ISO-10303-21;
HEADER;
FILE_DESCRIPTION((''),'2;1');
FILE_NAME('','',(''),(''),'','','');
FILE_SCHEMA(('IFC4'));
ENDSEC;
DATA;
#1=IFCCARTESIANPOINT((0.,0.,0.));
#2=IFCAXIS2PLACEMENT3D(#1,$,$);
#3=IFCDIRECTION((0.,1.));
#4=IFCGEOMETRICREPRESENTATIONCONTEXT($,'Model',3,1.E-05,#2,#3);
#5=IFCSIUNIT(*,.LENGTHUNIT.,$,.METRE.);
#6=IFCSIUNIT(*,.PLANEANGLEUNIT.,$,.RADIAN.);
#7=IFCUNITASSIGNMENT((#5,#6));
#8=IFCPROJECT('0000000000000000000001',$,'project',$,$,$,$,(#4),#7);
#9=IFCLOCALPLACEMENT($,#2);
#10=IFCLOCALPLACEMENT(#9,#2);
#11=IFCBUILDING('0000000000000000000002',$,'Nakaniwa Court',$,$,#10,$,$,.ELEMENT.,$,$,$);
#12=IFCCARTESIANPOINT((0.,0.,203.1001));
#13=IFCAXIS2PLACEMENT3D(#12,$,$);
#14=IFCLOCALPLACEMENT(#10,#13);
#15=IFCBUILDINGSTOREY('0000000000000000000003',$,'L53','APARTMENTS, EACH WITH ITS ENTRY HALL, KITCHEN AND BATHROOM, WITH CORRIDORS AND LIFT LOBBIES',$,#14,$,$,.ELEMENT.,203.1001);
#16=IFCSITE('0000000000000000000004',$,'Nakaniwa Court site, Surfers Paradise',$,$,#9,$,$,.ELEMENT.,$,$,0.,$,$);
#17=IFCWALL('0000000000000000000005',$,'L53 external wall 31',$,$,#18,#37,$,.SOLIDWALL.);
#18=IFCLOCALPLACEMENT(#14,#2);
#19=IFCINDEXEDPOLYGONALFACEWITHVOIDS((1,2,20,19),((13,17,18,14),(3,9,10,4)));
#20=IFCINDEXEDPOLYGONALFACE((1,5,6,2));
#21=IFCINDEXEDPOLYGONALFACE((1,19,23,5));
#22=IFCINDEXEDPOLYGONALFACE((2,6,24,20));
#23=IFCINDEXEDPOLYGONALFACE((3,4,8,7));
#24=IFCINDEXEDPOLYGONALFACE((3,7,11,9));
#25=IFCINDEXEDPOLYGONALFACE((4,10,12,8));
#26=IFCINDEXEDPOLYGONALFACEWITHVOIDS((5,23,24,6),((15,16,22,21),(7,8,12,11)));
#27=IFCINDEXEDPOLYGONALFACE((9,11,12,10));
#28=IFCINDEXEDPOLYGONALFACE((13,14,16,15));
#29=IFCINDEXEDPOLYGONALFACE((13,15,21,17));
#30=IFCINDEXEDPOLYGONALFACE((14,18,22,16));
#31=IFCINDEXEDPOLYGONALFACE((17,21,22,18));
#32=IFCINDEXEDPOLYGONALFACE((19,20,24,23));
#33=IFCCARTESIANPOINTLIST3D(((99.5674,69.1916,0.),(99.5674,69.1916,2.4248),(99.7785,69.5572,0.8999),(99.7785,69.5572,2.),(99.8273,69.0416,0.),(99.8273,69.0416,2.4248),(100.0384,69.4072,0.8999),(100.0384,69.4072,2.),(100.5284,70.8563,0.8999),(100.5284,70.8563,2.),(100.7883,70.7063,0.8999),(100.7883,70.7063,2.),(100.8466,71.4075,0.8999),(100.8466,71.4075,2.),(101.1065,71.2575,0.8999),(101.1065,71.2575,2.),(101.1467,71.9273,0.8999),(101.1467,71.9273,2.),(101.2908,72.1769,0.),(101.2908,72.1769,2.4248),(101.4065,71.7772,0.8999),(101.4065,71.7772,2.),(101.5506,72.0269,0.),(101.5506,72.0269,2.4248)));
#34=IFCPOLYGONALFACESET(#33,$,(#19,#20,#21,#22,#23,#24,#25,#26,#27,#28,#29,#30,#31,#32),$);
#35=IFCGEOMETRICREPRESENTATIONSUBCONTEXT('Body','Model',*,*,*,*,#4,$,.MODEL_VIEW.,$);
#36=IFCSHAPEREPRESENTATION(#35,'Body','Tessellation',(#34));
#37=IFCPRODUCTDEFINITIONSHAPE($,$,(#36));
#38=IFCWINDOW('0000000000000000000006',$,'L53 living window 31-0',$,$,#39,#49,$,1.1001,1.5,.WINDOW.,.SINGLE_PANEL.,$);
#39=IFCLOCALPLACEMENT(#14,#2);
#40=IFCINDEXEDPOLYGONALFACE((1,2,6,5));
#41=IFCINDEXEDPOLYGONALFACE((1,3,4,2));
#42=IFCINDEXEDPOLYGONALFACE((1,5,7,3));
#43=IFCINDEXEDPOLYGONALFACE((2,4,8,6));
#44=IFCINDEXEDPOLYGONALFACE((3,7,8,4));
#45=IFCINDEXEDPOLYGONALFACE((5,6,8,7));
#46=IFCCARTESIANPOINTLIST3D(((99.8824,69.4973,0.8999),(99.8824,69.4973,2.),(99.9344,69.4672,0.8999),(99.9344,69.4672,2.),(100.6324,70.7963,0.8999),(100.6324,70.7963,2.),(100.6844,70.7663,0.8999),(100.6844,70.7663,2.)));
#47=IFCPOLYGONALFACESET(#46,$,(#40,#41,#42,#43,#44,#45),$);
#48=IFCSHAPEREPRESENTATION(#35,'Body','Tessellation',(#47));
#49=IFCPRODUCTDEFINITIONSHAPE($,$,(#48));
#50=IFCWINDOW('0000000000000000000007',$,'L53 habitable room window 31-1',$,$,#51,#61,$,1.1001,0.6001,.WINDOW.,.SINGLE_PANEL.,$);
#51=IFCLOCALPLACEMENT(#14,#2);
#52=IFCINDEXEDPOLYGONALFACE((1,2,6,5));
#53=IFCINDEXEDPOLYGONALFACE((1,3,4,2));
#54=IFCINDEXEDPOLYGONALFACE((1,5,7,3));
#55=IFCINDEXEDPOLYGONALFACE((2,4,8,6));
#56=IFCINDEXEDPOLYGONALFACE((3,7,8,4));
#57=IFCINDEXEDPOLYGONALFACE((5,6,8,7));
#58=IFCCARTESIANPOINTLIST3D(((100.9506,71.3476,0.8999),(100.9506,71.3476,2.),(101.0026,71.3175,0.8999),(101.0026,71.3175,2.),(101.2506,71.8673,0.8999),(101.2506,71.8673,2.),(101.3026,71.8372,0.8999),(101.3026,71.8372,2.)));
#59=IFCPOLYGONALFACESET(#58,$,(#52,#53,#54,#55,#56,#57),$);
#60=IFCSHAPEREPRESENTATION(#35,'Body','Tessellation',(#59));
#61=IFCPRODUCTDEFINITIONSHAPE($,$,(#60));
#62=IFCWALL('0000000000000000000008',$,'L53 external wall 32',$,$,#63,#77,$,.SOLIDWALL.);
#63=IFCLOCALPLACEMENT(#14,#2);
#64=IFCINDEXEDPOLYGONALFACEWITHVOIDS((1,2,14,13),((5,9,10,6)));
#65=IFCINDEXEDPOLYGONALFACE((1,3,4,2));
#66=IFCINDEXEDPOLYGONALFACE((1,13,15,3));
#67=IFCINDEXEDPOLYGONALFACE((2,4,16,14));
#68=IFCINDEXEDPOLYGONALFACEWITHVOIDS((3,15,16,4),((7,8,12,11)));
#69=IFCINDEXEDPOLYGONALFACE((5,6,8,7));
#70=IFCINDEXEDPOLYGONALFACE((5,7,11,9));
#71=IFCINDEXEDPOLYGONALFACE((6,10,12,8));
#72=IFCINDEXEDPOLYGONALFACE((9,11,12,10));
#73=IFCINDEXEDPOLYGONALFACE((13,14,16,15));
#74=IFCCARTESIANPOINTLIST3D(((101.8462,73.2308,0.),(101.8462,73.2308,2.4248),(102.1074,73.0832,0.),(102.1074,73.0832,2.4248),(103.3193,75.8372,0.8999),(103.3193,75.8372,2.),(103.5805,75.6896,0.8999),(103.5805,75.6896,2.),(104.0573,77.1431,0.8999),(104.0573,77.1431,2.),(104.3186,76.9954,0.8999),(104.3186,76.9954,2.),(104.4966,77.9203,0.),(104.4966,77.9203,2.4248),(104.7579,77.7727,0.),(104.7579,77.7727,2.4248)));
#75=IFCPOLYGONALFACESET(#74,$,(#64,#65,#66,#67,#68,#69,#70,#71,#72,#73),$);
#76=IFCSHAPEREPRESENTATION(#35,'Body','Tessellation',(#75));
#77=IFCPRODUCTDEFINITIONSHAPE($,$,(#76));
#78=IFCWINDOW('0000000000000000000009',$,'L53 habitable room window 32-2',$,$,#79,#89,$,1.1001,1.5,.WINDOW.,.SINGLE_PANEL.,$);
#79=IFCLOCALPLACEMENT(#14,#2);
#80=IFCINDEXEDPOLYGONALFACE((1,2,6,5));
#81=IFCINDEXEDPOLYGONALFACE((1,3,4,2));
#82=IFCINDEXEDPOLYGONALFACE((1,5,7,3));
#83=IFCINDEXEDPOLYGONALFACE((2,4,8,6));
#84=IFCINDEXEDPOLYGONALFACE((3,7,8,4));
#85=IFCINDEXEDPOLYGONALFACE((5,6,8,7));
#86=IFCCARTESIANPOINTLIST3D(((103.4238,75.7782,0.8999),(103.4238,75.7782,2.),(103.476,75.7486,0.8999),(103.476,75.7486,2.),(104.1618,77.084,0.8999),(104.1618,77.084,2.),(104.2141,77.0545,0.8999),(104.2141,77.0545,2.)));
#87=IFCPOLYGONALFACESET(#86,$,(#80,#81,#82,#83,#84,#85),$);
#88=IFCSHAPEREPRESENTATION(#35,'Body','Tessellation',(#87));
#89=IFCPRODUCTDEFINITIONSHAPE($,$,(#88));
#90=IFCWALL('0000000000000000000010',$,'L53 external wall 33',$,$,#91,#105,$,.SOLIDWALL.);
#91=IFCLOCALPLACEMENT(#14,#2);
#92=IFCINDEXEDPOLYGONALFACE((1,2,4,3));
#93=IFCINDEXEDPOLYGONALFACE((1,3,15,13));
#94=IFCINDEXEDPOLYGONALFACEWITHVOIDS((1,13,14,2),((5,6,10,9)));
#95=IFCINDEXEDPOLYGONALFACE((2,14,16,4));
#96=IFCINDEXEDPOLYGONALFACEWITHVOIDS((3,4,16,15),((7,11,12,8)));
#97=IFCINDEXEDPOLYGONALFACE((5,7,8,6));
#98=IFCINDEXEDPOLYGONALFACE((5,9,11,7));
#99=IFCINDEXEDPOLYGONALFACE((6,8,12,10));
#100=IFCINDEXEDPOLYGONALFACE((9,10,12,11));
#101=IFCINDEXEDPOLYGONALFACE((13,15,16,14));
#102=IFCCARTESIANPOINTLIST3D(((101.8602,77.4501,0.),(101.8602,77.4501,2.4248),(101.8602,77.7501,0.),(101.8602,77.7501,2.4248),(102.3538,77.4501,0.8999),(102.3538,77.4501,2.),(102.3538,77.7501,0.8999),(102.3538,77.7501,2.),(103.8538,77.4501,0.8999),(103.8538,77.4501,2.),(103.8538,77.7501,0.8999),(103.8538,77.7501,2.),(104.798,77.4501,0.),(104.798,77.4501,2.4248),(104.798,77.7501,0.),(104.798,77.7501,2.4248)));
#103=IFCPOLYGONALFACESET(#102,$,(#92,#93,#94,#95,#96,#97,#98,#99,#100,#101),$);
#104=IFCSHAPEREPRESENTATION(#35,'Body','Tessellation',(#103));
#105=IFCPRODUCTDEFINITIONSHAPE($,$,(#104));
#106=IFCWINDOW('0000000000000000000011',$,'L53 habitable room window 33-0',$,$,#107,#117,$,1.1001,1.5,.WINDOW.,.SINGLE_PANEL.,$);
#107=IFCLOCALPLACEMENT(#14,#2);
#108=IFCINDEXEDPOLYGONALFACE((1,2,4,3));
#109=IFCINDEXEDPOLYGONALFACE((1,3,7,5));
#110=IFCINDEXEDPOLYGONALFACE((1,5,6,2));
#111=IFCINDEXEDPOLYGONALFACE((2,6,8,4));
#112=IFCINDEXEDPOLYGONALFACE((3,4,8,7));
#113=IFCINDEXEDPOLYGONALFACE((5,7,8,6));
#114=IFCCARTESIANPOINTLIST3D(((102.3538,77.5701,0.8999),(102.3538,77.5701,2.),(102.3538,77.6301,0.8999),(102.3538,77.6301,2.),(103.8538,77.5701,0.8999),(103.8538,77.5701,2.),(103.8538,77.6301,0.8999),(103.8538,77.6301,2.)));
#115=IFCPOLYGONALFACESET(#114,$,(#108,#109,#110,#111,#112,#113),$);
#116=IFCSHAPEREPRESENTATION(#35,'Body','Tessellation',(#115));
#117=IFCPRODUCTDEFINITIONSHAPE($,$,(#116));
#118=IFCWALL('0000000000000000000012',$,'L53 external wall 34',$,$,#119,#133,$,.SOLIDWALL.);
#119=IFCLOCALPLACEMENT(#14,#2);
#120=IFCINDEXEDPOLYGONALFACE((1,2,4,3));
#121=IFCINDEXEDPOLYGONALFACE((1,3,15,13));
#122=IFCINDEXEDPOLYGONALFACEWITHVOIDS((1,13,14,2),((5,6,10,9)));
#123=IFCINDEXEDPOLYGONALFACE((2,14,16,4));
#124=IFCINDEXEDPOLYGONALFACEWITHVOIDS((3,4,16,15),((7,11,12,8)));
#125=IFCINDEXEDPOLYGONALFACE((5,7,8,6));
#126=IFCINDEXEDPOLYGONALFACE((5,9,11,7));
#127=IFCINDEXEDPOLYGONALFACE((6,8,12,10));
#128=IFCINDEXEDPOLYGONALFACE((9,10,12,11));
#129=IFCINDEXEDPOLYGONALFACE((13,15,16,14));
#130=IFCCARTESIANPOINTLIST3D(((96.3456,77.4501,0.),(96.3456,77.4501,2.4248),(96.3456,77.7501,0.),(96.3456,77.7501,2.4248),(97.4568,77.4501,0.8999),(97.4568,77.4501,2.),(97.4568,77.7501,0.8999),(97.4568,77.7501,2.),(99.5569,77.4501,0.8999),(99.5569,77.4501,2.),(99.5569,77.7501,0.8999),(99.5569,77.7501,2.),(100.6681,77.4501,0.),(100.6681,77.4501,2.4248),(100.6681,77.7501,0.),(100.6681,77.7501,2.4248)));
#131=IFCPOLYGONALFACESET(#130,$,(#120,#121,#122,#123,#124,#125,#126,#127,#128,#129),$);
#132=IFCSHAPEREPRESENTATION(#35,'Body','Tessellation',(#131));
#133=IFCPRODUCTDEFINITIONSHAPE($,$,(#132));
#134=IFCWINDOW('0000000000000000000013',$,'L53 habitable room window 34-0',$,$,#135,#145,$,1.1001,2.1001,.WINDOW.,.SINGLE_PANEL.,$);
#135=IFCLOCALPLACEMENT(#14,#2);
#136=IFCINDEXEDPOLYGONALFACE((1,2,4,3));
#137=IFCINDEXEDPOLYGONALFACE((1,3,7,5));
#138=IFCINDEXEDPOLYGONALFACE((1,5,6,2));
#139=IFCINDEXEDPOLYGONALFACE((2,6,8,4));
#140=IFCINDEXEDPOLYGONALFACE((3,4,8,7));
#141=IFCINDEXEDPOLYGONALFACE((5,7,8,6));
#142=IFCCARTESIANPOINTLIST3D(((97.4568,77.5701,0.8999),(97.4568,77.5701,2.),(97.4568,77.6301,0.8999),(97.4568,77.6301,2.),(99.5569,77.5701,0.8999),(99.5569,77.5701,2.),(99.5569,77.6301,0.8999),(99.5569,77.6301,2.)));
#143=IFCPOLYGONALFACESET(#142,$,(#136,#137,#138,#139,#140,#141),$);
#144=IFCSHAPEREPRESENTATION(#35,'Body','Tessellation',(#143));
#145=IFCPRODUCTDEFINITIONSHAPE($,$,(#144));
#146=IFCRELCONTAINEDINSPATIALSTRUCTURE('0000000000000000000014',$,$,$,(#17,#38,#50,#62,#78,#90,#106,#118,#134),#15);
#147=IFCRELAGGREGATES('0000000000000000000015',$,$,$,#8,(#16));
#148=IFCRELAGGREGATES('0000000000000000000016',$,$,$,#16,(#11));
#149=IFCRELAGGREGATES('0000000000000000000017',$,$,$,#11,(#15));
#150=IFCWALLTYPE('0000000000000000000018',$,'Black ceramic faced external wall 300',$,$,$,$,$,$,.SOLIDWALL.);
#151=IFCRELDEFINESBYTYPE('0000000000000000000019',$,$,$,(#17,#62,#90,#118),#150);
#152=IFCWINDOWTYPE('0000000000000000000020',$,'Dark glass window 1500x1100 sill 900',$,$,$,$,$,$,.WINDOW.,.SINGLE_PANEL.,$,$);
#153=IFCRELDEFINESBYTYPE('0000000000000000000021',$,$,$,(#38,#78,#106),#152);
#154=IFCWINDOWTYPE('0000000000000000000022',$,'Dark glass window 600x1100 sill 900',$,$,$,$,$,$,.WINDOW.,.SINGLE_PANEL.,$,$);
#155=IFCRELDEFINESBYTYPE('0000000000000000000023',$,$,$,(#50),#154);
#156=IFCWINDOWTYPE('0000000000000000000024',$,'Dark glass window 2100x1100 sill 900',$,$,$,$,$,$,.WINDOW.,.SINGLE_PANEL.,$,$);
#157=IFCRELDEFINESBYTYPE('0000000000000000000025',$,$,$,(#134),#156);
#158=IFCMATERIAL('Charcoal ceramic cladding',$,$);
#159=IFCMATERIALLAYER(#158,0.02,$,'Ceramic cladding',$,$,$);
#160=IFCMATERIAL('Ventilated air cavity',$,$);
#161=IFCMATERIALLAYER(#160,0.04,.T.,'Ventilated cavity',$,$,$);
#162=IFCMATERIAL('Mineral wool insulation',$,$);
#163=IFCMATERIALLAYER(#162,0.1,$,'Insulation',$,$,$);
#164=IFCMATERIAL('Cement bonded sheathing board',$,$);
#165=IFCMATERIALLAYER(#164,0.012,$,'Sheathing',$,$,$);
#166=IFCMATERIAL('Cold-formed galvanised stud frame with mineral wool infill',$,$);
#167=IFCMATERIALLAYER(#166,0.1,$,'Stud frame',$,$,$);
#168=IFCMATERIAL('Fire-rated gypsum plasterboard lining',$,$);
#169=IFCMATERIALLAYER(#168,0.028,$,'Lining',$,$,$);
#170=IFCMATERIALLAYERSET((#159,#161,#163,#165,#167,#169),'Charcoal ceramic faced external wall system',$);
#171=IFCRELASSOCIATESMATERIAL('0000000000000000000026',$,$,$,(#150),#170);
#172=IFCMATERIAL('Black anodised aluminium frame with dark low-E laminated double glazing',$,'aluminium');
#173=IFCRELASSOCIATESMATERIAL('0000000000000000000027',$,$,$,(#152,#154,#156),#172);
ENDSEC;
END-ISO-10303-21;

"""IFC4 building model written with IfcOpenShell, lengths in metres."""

from ifc_helpers import new_model, si_unit, direction, frame, frame_2d, origin, place, context, subcontext, project, spatial, rectangle, extrude, material, layer, layer_set, type_object, element, fill, save


model = new_model("IFC4")

# Units and contexts
model_context = context("Model", 3, precision=1e-05, world=origin(), true_north=direction((0.0, 1.0)))
body_context = subcontext(model_context, "Body", "Model", "MODEL_VIEW")
ifc_project = project(units=[si_unit("LENGTHUNIT", "METRE"), si_unit("PLANEANGLEUNIT", "RADIAN")], contexts=[model_context])

# Site, building, storey
site_placement = place(None, origin())
site = spatial("IfcSite", under=ifc_project, at=site_placement, Name="Nakaniwa Court site, Surfers Paradise", CompositionType="ELEMENT", RefElevation=0.0)
building_placement = place(site_placement, origin())
building = spatial("IfcBuilding", under=site, at=building_placement, Name="Nakaniwa Court", CompositionType="ELEMENT")
storey_placement = place(building_placement, frame((0.0, 0.0, 203.1001)))
storey = spatial("IfcBuildingStorey", under=building, at=storey_placement, Name="L53", Description="APARTMENTS, EACH WITH ITS ENTRY HALL, KITCHEN AND BATHROOM, WITH CORRIDORS AND LIFT LOBBIES", CompositionType="ELEMENT", Elevation=203.1001)

# Wall, openings, windows
ifc_material_1 = material(Name="Charcoal ceramic cladding")
ifc_layer_1 = layer(ifc_material_1, 0.02, Name="Ceramic cladding")
ifc_material_2 = material(Name="Ventilated air cavity")
ifc_layer_2 = layer(ifc_material_2, 0.04, ventilated=True, Name="Ventilated cavity")
ifc_material_3 = material(Name="Mineral wool insulation")
ifc_layer_3 = layer(ifc_material_3, 0.1, Name="Insulation")
ifc_material_4 = material(Name="Cement bonded sheathing board")
ifc_layer_4 = layer(ifc_material_4, 0.012, Name="Sheathing")
ifc_material_5 = material(Name="Cold-formed galvanised stud frame with mineral wool infill")
ifc_layer_5 = layer(ifc_material_5, 0.1, Name="Stud frame")
ifc_material_6 = material(Name="Fire-rated gypsum plasterboard lining")
ifc_layer_6 = layer(ifc_material_6, 0.028, Name="Lining")
ifc_layer_set_1 = layer_set([ifc_layer_1, ifc_layer_2, ifc_layer_3, ifc_layer_4, ifc_layer_5, ifc_layer_6], Name="Charcoal ceramic faced external wall system")
wall_type_1 = type_object("IfcWallType", Name="Black ceramic faced external wall 300", PredefinedType="SOLIDWALL", material=ifc_layer_set_1)
wall_1_placement = place(storey_placement, frame((99.6973, 69.1165, 0.0), z_axis=(0.0, 0.0, 1.0), x_axis=(0.499955, 0.866051, 0.0)))
wall_1 = element("IfcWall", 1, at=wall_1_placement, inside=storey, type_object=wall_type_1, Name="L53 external wall 31", PredefinedType="SOLIDWALL", context=body_context, shape_type="SweptSolid", body=[
    extrude(rectangle(XDim=3.447, YDim=0.3, at=frame_2d((1.7236, 0.0))), origin(), (0.0, 0.0, 1.0), 2.4248),
])
opening_1_placement = place(wall_1_placement, frame((0.4224, 0.0, 0.8999)))
opening_1 = element("IfcOpeningElement", 2, at=opening_1_placement, cuts=wall_1, PredefinedType="OPENING", context=body_context, shape_type="SweptSolid", body=[
    extrude(rectangle(XDim=1.5, YDim=1.1001, at=frame_2d((0.75, 0.55))), frame((0.0, 0.1599, 0.0), z_axis=(0.0, -1.0, 0.0), x_axis=(1.0, 0.0, 0.0)), (0.0, 0.0, 1.0), 0.3201),
])
opening_2_placement = place(wall_1_placement, frame((2.5588, 0.0, 0.8999)))
opening_2 = element("IfcOpeningElement", 3, at=opening_2_placement, cuts=wall_1, PredefinedType="OPENING", context=body_context, shape_type="SweptSolid", body=[
    extrude(rectangle(XDim=0.6001, YDim=1.1001, at=frame_2d((0.3, 0.55))), frame((0.0, 0.1599, 0.0), z_axis=(0.0, -1.0, 0.0), x_axis=(1.0, 0.0, 0.0)), (0.0, 0.0, 1.0), 0.3201),
])
ifc_material_7 = material(Name="Black anodised aluminium frame with dark low-E laminated double glazing", Category="aluminium")
window_type_1 = type_object("IfcWindowType", Name="Dark glass window 1500x1100 sill 900", PartitioningType="SINGLE_PANEL", PredefinedType="WINDOW", material=ifc_material_7)
window_1_placement = place(opening_1_placement, origin())
window_1 = element("IfcWindow", 4, at=window_1_placement, inside=storey, type_object=window_type_1, Name="L53 living window 31-0", OverallHeight=1.1001, OverallWidth=1.5, PartitioningType="SINGLE_PANEL", PredefinedType="WINDOW", context=body_context, shape_type="SweptSolid", body=[
    extrude(rectangle(XDim=1.5, YDim=1.1001, at=frame_2d((0.75, 0.55))), frame((0.0, 0.03, 0.0), z_axis=(0.0, -1.0, 0.0), x_axis=(1.0, 0.0, 0.0)), (0.0, 0.0, 1.0), 0.0601),
])
fill(opening_1, window_1)
window_type_2 = type_object("IfcWindowType", Name="Dark glass window 600x1100 sill 900", PartitioningType="SINGLE_PANEL", PredefinedType="WINDOW", material=ifc_material_7)
window_2_placement = place(opening_2_placement, origin())
window_2 = element("IfcWindow", 5, at=window_2_placement, inside=storey, type_object=window_type_2, Name="L53 habitable room window 31-1", OverallHeight=1.1001, OverallWidth=0.6001, PartitioningType="SINGLE_PANEL", PredefinedType="WINDOW", context=body_context, shape_type="SweptSolid", body=[
    extrude(rectangle(XDim=0.6001, YDim=1.1001, at=frame_2d((0.3, 0.55))), frame((0.0, 0.03, 0.0), z_axis=(0.0, -1.0, 0.0), x_axis=(1.0, 0.0, 0.0)), (0.0, 0.0, 1.0), 0.0601),
])
fill(opening_2, window_2)

# Walls, openings, windows
wall_2_placement = place(storey_placement, frame((101.9768, 73.157, 0.0), z_axis=(0.0, 0.0, 1.0), x_axis=(0.492033, 0.870576, 0.0)))
wall_2 = element("IfcWall", 6, at=wall_2_placement, inside=storey, type_object=wall_type_1, Name="L53 external wall 32", PredefinedType="SOLIDWALL", context=body_context, shape_type="SweptSolid", body=[
    extrude(rectangle(XDim=5.3867, YDim=0.3, at=frame_2d((2.6934, 0.0))), origin(), (0.0, 0.0, 1.0), 2.4248),
])
opening_3_placement = place(wall_2_placement, frame((2.9939, 0.0, 0.8999)))
opening_3 = element("IfcOpeningElement", 7, at=opening_3_placement, cuts=wall_2, PredefinedType="OPENING", context=body_context, shape_type="SweptSolid", body=[
    extrude(rectangle(XDim=1.5, YDim=1.1001, at=frame_2d((0.75, 0.55))), frame((0.0, 0.1599, 0.0), z_axis=(0.0, -1.0, 0.0), x_axis=(1.0, 0.0, 0.0)), (0.0, 0.0, 1.0), 0.3201),
])
window_3_placement = place(opening_3_placement, origin())
window_3 = element("IfcWindow", 8, at=window_3_placement, inside=storey, type_object=window_type_1, Name="L53 habitable room window 32-2", OverallHeight=1.1001, OverallWidth=1.5, PartitioningType="SINGLE_PANEL", PredefinedType="WINDOW", context=body_context, shape_type="SweptSolid", body=[
    extrude(rectangle(XDim=1.5, YDim=1.1001, at=frame_2d((0.75, 0.55))), frame((0.0, 0.03, 0.0), z_axis=(0.0, -1.0, 0.0), x_axis=(1.0, 0.0, 0.0)), (0.0, 0.0, 1.0), 0.0601),
])
fill(opening_3, window_3)
wall_3_placement = place(storey_placement, frame((104.7979, 77.6001, 0.0), z_axis=(0.0, 0.0, 1.0), x_axis=(-1.0, 0.0, 0.0)))
wall_3 = element("IfcWall", 9, at=wall_3_placement, inside=storey, type_object=wall_type_1, Name="L53 external wall 33", PredefinedType="SOLIDWALL", context=body_context, shape_type="SweptSolid", body=[
    extrude(rectangle(XDim=2.9377, YDim=0.3, at=frame_2d((1.4688, 0.0))), origin(), (0.0, 0.0, 1.0), 2.4248),
])
opening_4_placement = place(wall_3_placement, frame((0.9441, 0.0, 0.8999)))
opening_4 = element("IfcOpeningElement", 10, at=opening_4_placement, cuts=wall_3, PredefinedType="OPENING", context=body_context, shape_type="SweptSolid", body=[
    extrude(rectangle(XDim=1.5, YDim=1.1001, at=frame_2d((0.75, 0.55))), frame((0.0, 0.1599, 0.0), z_axis=(0.0, -1.0, 0.0), x_axis=(1.0, 0.0, 0.0)), (0.0, 0.0, 1.0), 0.3201),
])
window_4_placement = place(opening_4_placement, origin())
window_4 = element("IfcWindow", 11, at=window_4_placement, inside=storey, type_object=window_type_1, Name="L53 habitable room window 33-0", OverallHeight=1.1001, OverallWidth=1.5, PartitioningType="SINGLE_PANEL", PredefinedType="WINDOW", context=body_context, shape_type="SweptSolid", body=[
    extrude(rectangle(XDim=1.5, YDim=1.1001, at=frame_2d((0.75, 0.55))), frame((0.0, 0.03, 0.0), z_axis=(0.0, -1.0, 0.0), x_axis=(1.0, 0.0, 0.0)), (0.0, 0.0, 1.0), 0.0601),
])
fill(opening_4, window_4)
wall_4_placement = place(storey_placement, frame((100.668, 77.6001, 0.0), z_axis=(0.0, 0.0, 1.0), x_axis=(-1.0, 0.0, 0.0)))
wall_4 = element("IfcWall", 12, at=wall_4_placement, inside=storey, type_object=wall_type_1, Name="L53 external wall 34", PredefinedType="SOLIDWALL", context=body_context, shape_type="SweptSolid", body=[
    extrude(rectangle(XDim=4.3225, YDim=0.3, at=frame_2d((2.1611, 0.0))), origin(), (0.0, 0.0, 1.0), 2.4248),
])
opening_5_placement = place(wall_4_placement, frame((1.1111, 0.0, 0.8999)))
opening_5 = element("IfcOpeningElement", 13, at=opening_5_placement, cuts=wall_4, PredefinedType="OPENING", context=body_context, shape_type="SweptSolid", body=[
    extrude(rectangle(XDim=2.1001, YDim=1.1001, at=frame_2d((1.05, 0.55))), frame((0.0, 0.1599, 0.0), z_axis=(0.0, -1.0, 0.0), x_axis=(1.0, 0.0, 0.0)), (0.0, 0.0, 1.0), 0.3201),
])
window_type_3 = type_object("IfcWindowType", Name="Dark glass window 2100x1100 sill 900", PartitioningType="SINGLE_PANEL", PredefinedType="WINDOW", material=ifc_material_7)
window_5_placement = place(opening_5_placement, origin())
window_5 = element("IfcWindow", 14, at=window_5_placement, inside=storey, type_object=window_type_3, Name="L53 habitable room window 34-0", OverallHeight=1.1001, OverallWidth=2.1001, PartitioningType="SINGLE_PANEL", PredefinedType="WINDOW", context=body_context, shape_type="SweptSolid", body=[
    extrude(rectangle(XDim=2.1001, YDim=1.1001, at=frame_2d((1.05, 0.55))), frame((0.0, 0.03, 0.0), z_axis=(0.0, -1.0, 0.0), x_axis=(1.0, 0.0, 0.0)), (0.0, 0.0, 1.0), 0.0601),
])
fill(opening_5, window_5)

save(model, "model.ifc")
